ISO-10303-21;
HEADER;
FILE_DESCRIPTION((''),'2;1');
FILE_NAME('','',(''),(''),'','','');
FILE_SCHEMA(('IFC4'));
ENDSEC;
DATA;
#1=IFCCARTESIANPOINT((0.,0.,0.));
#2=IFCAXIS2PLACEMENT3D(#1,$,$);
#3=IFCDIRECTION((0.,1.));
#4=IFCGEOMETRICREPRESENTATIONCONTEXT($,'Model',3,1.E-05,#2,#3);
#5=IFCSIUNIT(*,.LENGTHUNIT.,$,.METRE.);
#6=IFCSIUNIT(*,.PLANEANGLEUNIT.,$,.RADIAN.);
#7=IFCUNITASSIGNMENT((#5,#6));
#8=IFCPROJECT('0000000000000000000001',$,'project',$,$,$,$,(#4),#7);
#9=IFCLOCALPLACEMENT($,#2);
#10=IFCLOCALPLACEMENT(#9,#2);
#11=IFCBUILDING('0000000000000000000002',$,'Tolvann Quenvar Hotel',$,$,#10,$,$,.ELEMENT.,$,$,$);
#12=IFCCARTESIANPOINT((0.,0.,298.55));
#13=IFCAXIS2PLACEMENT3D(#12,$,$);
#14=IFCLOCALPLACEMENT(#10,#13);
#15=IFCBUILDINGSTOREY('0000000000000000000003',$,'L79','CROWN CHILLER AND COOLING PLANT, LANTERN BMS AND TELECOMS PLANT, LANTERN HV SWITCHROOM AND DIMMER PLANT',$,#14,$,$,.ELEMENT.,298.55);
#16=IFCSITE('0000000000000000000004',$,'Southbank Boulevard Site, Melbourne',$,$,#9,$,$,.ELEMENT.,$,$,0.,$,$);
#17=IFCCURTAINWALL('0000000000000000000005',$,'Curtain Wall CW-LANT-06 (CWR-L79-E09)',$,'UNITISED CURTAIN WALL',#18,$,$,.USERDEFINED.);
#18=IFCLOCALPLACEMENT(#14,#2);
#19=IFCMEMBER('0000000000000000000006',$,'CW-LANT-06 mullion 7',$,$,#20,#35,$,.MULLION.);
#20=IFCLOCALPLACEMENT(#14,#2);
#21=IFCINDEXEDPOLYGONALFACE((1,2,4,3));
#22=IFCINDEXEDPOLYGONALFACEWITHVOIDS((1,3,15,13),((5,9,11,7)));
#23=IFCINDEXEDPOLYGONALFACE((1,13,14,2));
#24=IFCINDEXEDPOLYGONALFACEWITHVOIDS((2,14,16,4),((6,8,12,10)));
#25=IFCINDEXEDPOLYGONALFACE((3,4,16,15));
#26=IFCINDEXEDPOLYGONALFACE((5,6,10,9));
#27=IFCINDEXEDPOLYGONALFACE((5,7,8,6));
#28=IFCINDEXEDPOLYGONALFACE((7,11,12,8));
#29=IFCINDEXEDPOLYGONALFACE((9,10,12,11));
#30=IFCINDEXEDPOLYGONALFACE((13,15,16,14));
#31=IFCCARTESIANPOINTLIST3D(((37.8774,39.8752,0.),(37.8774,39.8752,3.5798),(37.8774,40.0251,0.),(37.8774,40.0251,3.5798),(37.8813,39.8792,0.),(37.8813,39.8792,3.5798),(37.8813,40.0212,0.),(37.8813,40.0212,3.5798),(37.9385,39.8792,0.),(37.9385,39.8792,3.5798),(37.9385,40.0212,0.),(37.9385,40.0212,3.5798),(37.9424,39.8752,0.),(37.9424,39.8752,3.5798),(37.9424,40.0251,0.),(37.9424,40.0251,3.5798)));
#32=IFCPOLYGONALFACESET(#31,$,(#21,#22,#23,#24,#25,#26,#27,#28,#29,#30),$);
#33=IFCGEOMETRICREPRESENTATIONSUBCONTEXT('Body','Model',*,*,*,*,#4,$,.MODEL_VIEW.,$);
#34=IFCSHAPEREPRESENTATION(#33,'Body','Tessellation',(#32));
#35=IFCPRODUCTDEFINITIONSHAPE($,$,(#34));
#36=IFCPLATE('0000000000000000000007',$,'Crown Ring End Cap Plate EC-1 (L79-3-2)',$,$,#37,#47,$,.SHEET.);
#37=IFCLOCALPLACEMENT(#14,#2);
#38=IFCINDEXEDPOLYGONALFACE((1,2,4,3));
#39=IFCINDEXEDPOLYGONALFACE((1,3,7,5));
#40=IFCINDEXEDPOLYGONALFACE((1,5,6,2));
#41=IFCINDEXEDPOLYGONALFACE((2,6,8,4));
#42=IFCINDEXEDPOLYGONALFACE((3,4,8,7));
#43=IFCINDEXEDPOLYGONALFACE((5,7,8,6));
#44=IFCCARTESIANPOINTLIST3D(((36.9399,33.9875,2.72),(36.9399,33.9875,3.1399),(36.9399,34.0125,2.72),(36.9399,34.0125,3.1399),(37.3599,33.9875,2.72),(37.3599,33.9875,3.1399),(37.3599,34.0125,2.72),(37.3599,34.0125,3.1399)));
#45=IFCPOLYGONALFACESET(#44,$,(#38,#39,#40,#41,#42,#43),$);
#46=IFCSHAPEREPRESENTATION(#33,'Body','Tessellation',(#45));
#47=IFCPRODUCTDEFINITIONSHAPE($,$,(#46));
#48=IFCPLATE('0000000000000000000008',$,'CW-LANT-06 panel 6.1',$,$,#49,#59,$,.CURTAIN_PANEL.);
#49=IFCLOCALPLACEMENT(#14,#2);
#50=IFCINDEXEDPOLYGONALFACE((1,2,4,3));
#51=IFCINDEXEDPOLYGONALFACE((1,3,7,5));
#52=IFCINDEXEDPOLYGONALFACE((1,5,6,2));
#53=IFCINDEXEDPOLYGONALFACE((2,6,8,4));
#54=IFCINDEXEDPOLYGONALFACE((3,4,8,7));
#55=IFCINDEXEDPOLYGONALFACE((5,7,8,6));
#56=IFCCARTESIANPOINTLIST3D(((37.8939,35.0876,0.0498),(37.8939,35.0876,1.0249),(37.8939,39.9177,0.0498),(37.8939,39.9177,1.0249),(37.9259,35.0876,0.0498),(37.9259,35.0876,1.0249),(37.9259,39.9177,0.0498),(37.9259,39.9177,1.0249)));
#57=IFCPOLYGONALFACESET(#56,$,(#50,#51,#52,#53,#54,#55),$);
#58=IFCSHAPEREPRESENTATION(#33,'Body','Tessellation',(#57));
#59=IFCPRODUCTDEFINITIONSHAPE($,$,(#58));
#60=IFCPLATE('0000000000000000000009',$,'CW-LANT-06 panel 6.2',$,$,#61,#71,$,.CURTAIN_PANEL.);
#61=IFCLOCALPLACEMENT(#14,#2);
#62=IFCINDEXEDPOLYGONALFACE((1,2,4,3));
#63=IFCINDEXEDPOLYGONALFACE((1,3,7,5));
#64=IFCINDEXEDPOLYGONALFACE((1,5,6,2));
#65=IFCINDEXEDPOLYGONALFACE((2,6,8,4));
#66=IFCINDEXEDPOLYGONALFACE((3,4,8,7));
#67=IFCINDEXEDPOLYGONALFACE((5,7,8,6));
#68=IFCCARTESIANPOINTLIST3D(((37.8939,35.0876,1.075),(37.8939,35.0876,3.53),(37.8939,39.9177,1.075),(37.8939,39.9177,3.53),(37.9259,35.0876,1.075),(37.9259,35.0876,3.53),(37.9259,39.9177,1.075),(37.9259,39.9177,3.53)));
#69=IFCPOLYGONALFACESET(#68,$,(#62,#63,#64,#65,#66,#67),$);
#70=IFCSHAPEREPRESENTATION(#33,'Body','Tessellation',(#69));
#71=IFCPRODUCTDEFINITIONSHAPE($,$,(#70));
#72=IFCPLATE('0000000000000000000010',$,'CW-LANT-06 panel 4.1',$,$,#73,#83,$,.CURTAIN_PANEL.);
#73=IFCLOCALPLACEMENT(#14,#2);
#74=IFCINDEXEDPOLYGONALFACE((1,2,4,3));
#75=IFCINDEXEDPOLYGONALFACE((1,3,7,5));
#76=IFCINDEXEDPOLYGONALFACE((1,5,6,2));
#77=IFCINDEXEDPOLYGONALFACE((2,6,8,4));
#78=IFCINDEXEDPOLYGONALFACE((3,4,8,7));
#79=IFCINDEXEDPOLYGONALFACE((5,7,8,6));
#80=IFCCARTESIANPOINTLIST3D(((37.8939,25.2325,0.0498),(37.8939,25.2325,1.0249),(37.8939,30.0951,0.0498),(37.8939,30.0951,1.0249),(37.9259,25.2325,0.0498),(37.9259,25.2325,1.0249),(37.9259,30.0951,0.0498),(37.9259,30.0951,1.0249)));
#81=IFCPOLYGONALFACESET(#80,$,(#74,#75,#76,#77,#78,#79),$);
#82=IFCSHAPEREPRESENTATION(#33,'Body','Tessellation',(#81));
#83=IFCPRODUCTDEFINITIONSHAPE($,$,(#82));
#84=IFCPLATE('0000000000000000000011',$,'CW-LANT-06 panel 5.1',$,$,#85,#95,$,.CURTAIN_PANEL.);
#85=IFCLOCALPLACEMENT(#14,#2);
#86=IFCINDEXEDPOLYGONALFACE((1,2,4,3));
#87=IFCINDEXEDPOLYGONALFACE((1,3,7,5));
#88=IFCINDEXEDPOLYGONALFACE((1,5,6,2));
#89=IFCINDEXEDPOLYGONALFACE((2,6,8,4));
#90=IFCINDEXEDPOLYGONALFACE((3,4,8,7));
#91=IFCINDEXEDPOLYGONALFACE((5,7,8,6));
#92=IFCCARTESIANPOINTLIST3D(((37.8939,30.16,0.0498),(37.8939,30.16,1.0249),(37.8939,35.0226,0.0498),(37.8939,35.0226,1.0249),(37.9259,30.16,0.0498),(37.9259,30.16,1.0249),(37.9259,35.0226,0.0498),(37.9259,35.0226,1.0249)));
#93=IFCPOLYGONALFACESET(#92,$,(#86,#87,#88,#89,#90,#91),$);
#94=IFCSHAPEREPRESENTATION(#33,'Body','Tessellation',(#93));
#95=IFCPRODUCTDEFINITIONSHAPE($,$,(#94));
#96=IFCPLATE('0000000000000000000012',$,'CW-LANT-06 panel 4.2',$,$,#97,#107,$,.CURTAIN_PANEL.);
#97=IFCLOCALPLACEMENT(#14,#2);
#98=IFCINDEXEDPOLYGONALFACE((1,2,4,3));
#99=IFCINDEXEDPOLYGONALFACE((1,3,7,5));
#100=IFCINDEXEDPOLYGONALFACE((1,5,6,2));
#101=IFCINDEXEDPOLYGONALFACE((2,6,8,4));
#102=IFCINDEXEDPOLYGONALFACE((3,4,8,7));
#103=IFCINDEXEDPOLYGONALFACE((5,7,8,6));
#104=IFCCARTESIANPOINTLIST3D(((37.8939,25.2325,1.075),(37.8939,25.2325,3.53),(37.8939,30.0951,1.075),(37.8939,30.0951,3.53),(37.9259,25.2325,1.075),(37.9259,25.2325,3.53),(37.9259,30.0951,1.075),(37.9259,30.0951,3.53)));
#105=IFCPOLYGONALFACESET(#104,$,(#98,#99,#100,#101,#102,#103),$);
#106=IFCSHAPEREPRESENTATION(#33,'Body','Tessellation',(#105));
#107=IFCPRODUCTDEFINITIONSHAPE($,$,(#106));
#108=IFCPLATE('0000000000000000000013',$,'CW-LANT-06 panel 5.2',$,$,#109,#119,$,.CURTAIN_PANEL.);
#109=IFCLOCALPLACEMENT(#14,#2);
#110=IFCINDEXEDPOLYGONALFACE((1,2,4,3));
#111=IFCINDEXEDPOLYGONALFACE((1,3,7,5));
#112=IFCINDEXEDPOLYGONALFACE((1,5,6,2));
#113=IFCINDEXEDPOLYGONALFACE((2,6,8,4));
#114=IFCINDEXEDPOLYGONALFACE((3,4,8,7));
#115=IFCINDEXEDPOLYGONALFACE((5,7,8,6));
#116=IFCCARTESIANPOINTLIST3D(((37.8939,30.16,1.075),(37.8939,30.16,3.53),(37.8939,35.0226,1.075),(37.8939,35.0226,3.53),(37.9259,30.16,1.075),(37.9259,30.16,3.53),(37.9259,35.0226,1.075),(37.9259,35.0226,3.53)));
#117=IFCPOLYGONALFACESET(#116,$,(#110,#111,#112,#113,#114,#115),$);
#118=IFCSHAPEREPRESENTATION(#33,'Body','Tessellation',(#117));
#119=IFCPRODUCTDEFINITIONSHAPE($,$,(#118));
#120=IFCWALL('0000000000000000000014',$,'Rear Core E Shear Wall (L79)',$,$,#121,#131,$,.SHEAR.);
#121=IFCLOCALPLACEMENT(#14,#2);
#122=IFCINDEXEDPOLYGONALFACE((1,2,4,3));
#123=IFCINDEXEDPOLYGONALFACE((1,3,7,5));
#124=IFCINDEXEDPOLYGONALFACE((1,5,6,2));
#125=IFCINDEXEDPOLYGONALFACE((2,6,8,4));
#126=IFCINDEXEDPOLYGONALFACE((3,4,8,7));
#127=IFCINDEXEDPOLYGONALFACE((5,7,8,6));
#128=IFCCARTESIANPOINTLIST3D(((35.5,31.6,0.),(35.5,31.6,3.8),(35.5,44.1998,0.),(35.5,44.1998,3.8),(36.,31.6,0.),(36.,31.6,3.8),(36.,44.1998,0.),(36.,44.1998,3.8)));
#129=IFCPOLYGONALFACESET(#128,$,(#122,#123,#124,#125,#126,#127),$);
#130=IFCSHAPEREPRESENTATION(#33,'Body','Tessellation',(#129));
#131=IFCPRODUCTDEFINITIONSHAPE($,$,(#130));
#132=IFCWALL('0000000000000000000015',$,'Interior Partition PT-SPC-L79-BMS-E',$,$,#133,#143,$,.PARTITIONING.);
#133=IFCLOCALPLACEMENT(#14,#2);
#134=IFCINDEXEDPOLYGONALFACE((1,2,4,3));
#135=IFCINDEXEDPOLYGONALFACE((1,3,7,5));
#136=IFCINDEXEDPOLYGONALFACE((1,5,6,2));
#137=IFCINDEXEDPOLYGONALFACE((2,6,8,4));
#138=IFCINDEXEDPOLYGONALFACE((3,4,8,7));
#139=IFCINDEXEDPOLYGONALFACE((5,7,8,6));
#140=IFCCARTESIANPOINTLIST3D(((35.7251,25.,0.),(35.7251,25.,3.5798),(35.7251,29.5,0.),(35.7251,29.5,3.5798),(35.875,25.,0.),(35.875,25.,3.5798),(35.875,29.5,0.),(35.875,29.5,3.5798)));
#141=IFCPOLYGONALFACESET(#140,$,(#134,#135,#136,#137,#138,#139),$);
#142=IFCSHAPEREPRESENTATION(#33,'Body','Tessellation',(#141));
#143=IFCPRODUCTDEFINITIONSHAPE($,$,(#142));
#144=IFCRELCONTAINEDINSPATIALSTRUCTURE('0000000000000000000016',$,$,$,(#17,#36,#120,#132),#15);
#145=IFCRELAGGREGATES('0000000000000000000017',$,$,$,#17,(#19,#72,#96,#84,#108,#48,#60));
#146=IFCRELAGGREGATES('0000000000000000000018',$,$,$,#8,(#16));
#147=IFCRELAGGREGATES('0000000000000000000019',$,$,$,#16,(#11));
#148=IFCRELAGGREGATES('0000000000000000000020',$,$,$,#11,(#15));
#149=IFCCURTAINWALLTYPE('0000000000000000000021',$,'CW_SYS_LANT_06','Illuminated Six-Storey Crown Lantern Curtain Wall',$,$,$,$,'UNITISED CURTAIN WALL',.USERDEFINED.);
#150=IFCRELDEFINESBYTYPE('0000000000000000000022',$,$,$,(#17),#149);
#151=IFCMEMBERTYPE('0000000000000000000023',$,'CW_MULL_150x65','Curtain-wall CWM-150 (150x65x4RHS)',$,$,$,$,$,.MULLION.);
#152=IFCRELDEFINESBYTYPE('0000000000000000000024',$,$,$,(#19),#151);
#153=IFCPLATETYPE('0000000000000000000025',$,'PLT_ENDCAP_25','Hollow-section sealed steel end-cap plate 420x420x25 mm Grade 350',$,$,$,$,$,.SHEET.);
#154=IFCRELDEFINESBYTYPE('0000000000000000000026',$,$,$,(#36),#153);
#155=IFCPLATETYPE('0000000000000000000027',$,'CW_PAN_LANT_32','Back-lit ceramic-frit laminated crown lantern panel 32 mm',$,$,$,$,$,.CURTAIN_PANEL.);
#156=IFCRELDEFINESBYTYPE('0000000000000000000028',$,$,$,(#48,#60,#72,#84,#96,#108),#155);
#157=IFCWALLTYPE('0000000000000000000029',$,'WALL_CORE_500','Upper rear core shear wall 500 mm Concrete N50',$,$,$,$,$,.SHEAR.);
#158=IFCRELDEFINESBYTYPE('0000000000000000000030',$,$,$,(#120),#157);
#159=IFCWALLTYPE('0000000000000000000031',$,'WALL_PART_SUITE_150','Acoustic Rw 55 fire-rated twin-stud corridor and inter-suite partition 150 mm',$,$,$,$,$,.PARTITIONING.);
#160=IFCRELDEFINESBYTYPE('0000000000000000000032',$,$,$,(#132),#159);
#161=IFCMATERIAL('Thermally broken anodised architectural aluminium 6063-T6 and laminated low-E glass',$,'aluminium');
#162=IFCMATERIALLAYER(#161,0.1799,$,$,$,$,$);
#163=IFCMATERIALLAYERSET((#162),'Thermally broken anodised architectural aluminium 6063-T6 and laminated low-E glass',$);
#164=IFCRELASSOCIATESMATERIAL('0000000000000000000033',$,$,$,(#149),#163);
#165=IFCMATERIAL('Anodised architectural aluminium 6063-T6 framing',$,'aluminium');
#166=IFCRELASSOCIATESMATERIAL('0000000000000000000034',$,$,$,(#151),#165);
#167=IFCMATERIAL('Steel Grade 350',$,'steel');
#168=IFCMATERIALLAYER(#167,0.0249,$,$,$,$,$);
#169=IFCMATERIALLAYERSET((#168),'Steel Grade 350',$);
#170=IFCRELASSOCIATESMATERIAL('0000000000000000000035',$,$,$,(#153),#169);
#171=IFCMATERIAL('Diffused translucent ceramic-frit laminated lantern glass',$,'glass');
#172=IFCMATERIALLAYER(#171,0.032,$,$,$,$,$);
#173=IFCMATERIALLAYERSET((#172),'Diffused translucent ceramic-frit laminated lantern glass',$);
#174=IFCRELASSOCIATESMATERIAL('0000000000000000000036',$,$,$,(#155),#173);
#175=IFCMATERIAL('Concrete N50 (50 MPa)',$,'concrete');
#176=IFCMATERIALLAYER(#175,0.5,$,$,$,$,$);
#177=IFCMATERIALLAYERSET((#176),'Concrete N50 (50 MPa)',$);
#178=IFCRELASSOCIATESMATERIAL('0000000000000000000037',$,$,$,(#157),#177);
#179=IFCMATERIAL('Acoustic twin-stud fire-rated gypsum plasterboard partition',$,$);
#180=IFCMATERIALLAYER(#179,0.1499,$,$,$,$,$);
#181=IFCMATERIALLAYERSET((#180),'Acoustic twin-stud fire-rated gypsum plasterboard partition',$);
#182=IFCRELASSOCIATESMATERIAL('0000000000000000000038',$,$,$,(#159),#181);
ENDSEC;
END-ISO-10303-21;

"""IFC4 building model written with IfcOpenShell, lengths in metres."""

from ifc_helpers import new_model, si_unit, direction, frame, frame_2d, origin, origin_2d, place, context, subcontext, project, spatial, rectangle, hollow_rectangle, extrude, source, transform, mapped, material, layer, layer_set, material_profile, profile_set, type_object, type_shapes, element, aggregate, save


model = new_model("IFC4")

# Units and contexts
model_context = context("Model", 3, precision=1e-05, world=origin(), true_north=direction((0.0, 1.0)))
body_context = subcontext(model_context, "Body", "Model", "MODEL_VIEW")
ifc_project = project(units=[si_unit("LENGTHUNIT", "METRE"), si_unit("PLANEANGLEUNIT", "RADIAN")], contexts=[model_context])

# Site, building, storey
site_placement = place(None, origin())
site = spatial("IfcSite", under=ifc_project, at=site_placement, Name="Southbank Boulevard Site, Melbourne", CompositionType="ELEMENT", RefElevation=0.0)
building_placement = place(site_placement, origin())
building = spatial("IfcBuilding", under=site, at=building_placement, Name="Tolvann Quenvar Hotel", CompositionType="ELEMENT")
storey_placement = place(building_placement, frame((0.0, 0.0, 298.55)))
storey = spatial("IfcBuildingStorey", under=building, at=storey_placement, Name="L79", Description="CROWN CHILLER AND COOLING PLANT, LANTERN BMS AND TELECOMS PLANT, LANTERN HV SWITCHROOM AND DIMMER PLANT", CompositionType="ELEMENT", Elevation=298.55)

# Shared definitions
ifc_material_1 = material(Name="Steel Grade 350", Category="steel")

# Curtain wall, member
ifc_material_2 = material(Name="Thermally broken anodised architectural aluminium 6063-T6 and laminated low-E glass", Category="aluminium")
ifc_layer_1 = layer(ifc_material_2, 0.1799)
ifc_layer_set_1 = layer_set([ifc_layer_1], Name="Thermally broken anodised architectural aluminium 6063-T6 and laminated low-E glass")
curtain_wall_type = type_object("IfcCurtainWallType", Name="CW_SYS_LANT_06", Description="Illuminated Six-Storey Crown Lantern Curtain Wall", ElementType="UNITISED CURTAIN WALL", PredefinedType="USERDEFINED", material=ifc_layer_set_1)
curtain_wall_placement = place(storey_placement, origin())
curtain_wall = element("IfcCurtainWall", 1, at=curtain_wall_placement, inside=storey, type_object=curtain_wall_type, Name="Curtain Wall CW-LANT-06 (CWR-L79-E09)", ObjectType="UNITISED CURTAIN WALL", PredefinedType="USERDEFINED")
ifc_material_3 = material(Name="Anodised architectural aluminium 6063-T6 framing", Category="aluminium")
ifc_material_profile_1 = material_profile(ifc_material_3, hollow_rectangle(XDim=0.0649, YDim=0.1499, WallThickness=0.0039, at=origin_2d()), Name="150x65x4RHS")
ifc_profile_set_1 = profile_set([ifc_material_profile_1], Name="Anodised architectural aluminium 6063-T6 framing")
member_type_1 = type_object("IfcMemberType", Name="CW_MULL_150x65", Description="Curtain-wall CWM-150 (150x65x4RHS)", PredefinedType="MULLION", material=ifc_profile_set_1)
shared_shape_1 = source(origin(), body_context, "Body", "SweptSolid", [
    extrude(hollow_rectangle(XDim=0.0649, YDim=0.1499, WallThickness=0.0039, at=origin_2d()), origin(), (0.0, 0.0, 1.0), 3.5798),
])
type_shapes(member_type_1, [shared_shape_1])
member_1_placement = place(storey_placement, frame((37.9099, 39.9502, 0.0), z_axis=(0.0, 0.0, 1.0), x_axis=(-1.0, 0.0, 0.0)))
member_1 = element("IfcMember", 2, at=member_1_placement, type_object=member_type_1, Name="CW-LANT-06 mullion 7", PredefinedType="MULLION", context=body_context, shape_type="MappedRepresentation", body=[
    mapped(shared_shape_1, transform((0.0, 0.0, 0.0), x_axis=(1.0, 0.0, 0.0), y_axis=(0.0, 1.0, 0.0), z_axis=(0.0, 0.0, 1.0), scale=1.0)),
])

# Plates
ifc_layer_2 = layer(ifc_material_1, 0.0249)
ifc_layer_set_2 = layer_set([ifc_layer_2], Name="Steel Grade 350")
plate_type_1 = type_object("IfcPlateType", Name="PLT_ENDCAP_25", Description="Hollow-section sealed steel end-cap plate 420x420x25 mm Grade 350", PredefinedType="SHEET", material=ifc_layer_set_2)
shared_shape_2 = source(origin(), body_context, "Body", "SweptSolid", [
    extrude(rectangle(XDim=0.4199, YDim=0.0249, at=origin_2d()), origin(), (0.0, 0.0, 1.0), 0.4199),
])
type_shapes(plate_type_1, [shared_shape_2])
plate_1_placement = place(storey_placement, frame((37.1499, 34.0, 2.72), z_axis=(0.0, 0.0, 1.0), x_axis=(1.0, 0.0, 0.0)))
element("IfcPlate", 3, at=plate_1_placement, inside=storey, type_object=plate_type_1, Name="Crown Ring End Cap Plate EC-1 (L79-3-2)", PredefinedType="SHEET", context=body_context, shape_type="MappedRepresentation", body=[
    mapped(shared_shape_2, transform((0.0, 0.0, 0.0), x_axis=(1.0, 0.0, 0.0), y_axis=(0.0, 1.0, 0.0), z_axis=(0.0, 0.0, 1.0), scale=1.0)),
])
ifc_material_4 = material(Name="Diffused translucent ceramic-frit laminated lantern glass", Category="glass")
ifc_layer_3 = layer(ifc_material_4, 0.032)
ifc_layer_set_3 = layer_set([ifc_layer_3], Name="Diffused translucent ceramic-frit laminated lantern glass")
plate_type_2 = type_object("IfcPlateType", Name="CW_PAN_LANT_32", Description="Back-lit ceramic-frit laminated crown lantern panel 32 mm", PredefinedType="CURTAIN_PANEL", material=ifc_layer_set_3)
shared_shape_3 = source(origin(), body_context, "Body", "SweptSolid", [
    extrude(rectangle(XDim=4.8301, YDim=0.032, at=origin_2d()), origin(), (0.0, 0.0, 1.0), 0.9751),
])
plate_2_placement = place(storey_placement, frame((37.9099, 37.5027, 0.0498), z_axis=(0.0, 0.0, 1.0), x_axis=(0.0, 1.0, 0.0)))
plate_2 = element("IfcPlate", 4, at=plate_2_placement, type_object=plate_type_2, Name="CW-LANT-06 panel 6.1", PredefinedType="CURTAIN_PANEL", context=body_context, shape_type="MappedRepresentation", body=[
    mapped(shared_shape_3, transform((0.0, 0.0, 0.0), x_axis=(1.0, 0.0, 0.0), y_axis=(0.0, 1.0, 0.0), z_axis=(0.0, 0.0, 1.0), scale=1.0)),
])
shared_shape_4 = source(origin(), body_context, "Body", "SweptSolid", [
    extrude(rectangle(XDim=4.8301, YDim=0.032, at=origin_2d()), origin(), (0.0, 0.0, 1.0), 2.4551),
])
plate_3_placement = place(storey_placement, frame((37.9099, 37.5027, 1.075), z_axis=(0.0, 0.0, 1.0), x_axis=(0.0, 1.0, 0.0)))
plate_3 = element("IfcPlate", 5, at=plate_3_placement, type_object=plate_type_2, Name="CW-LANT-06 panel 6.2", PredefinedType="CURTAIN_PANEL", context=body_context, shape_type="MappedRepresentation", body=[
    mapped(shared_shape_4, transform((0.0, 0.0, 0.0), x_axis=(1.0, 0.0, 0.0), y_axis=(0.0, 1.0, 0.0), z_axis=(0.0, 0.0, 1.0), scale=1.0)),
])
shared_shape_5 = source(origin(), body_context, "Body", "SweptSolid", [
    extrude(rectangle(XDim=4.8625, YDim=0.032, at=origin_2d()), origin(), (0.0, 0.0, 1.0), 0.9751),
])
plate_4_placement = place(storey_placement, frame((37.9099, 27.6638, 0.0498), z_axis=(0.0, 0.0, 1.0), x_axis=(0.0, 1.0, 0.0)))
plate_4 = element("IfcPlate", 6, at=plate_4_placement, type_object=plate_type_2, Name="CW-LANT-06 panel 4.1", PredefinedType="CURTAIN_PANEL", context=body_context, shape_type="MappedRepresentation", body=[
    mapped(shared_shape_5, transform((0.0, 0.0, 0.0), x_axis=(1.0, 0.0, 0.0), y_axis=(0.0, 1.0, 0.0), z_axis=(0.0, 0.0, 1.0), scale=1.0)),
])
plate_5_placement = place(storey_placement, frame((37.9099, 32.5913, 0.0498), z_axis=(0.0, 0.0, 1.0), x_axis=(0.0, 1.0, 0.0)))
plate_5 = element("IfcPlate", 7, at=plate_5_placement, type_object=plate_type_2, Name="CW-LANT-06 panel 5.1", PredefinedType="CURTAIN_PANEL", context=body_context, shape_type="MappedRepresentation", body=[
    mapped(shared_shape_5, transform((0.0, 0.0, 0.0), x_axis=(1.0, 0.0, 0.0), y_axis=(0.0, 1.0, 0.0), z_axis=(0.0, 0.0, 1.0), scale=1.0)),
])
shared_shape_6 = source(origin(), body_context, "Body", "SweptSolid", [
    extrude(rectangle(XDim=4.8625, YDim=0.032, at=origin_2d()), origin(), (0.0, 0.0, 1.0), 2.4551),
])
type_shapes(plate_type_2, [shared_shape_3, shared_shape_4, shared_shape_5, shared_shape_6])
plate_6_placement = place(storey_placement, frame((37.9099, 27.6638, 1.075), z_axis=(0.0, 0.0, 1.0), x_axis=(0.0, 1.0, 0.0)))
plate_6 = element("IfcPlate", 8, at=plate_6_placement, type_object=plate_type_2, Name="CW-LANT-06 panel 4.2", PredefinedType="CURTAIN_PANEL", context=body_context, shape_type="MappedRepresentation", body=[
    mapped(shared_shape_6, transform((0.0, 0.0, 0.0), x_axis=(1.0, 0.0, 0.0), y_axis=(0.0, 1.0, 0.0), z_axis=(0.0, 0.0, 1.0), scale=1.0)),
])
plate_7_placement = place(storey_placement, frame((37.9099, 32.5913, 1.075), z_axis=(0.0, 0.0, 1.0), x_axis=(0.0, 1.0, 0.0)))
plate_7 = element("IfcPlate", 9, at=plate_7_placement, type_object=plate_type_2, Name="CW-LANT-06 panel 5.2", PredefinedType="CURTAIN_PANEL", context=body_context, shape_type="MappedRepresentation", body=[
    mapped(shared_shape_6, transform((0.0, 0.0, 0.0), x_axis=(1.0, 0.0, 0.0), y_axis=(0.0, 1.0, 0.0), z_axis=(0.0, 0.0, 1.0), scale=1.0)),
])
aggregate(curtain_wall, [member_1, plate_4, plate_6, plate_5, plate_7, plate_2, plate_3])

# Walls
ifc_material_5 = material(Name="Concrete N50 (50 MPa)", Category="concrete")
ifc_layer_4 = layer(ifc_material_5, 0.5)
ifc_layer_set_4 = layer_set([ifc_layer_4], Name="Concrete N50 (50 MPa)")
wall_type_1 = type_object("IfcWallType", Name="WALL_CORE_500", Description="Upper rear core shear wall 500 mm Concrete N50", PredefinedType="SHEAR", material=ifc_layer_set_4)
wall_1_placement = place(storey_placement, frame((35.75, 31.6001, 0.0), z_axis=(0.0, 0.0, 1.0), x_axis=(0.0, 1.0, 0.0)))
element("IfcWall", 10, at=wall_1_placement, inside=storey, type_object=wall_type_1, Name="Rear Core E Shear Wall (L79)", PredefinedType="SHEAR", context=body_context, shape_type="SweptSolid", body=[
    extrude(rectangle(XDim=12.5999, YDim=0.5, at=frame_2d((6.2998, 0.0))), origin(), (0.0, 0.0, 1.0), 3.8),
])
ifc_material_6 = material(Name="Acoustic twin-stud fire-rated gypsum plasterboard partition")
ifc_layer_5 = layer(ifc_material_6, 0.1499)
ifc_layer_set_5 = layer_set([ifc_layer_5], Name="Acoustic twin-stud fire-rated gypsum plasterboard partition")
wall_type_2 = type_object("IfcWallType", Name="WALL_PART_SUITE_150", Description="Acoustic Rw 55 fire-rated twin-stud corridor and inter-suite partition 150 mm", PredefinedType="PARTITIONING", material=ifc_layer_set_5)
wall_2_placement = place(storey_placement, frame((35.8, 25.0, 0.0), z_axis=(0.0, 0.0, 1.0), x_axis=(0.0, 1.0, 0.0)))
element("IfcWall", 11, at=wall_2_placement, inside=storey, type_object=wall_type_2, Name="Interior Partition PT-SPC-L79-BMS-E", PredefinedType="PARTITIONING", context=body_context, shape_type="SweptSolid", body=[
    extrude(rectangle(XDim=4.5, YDim=0.1499, at=frame_2d((2.25, 0.0))), origin(), (0.0, 0.0, 1.0), 3.5798),
])

save(model, "model.ifc")
